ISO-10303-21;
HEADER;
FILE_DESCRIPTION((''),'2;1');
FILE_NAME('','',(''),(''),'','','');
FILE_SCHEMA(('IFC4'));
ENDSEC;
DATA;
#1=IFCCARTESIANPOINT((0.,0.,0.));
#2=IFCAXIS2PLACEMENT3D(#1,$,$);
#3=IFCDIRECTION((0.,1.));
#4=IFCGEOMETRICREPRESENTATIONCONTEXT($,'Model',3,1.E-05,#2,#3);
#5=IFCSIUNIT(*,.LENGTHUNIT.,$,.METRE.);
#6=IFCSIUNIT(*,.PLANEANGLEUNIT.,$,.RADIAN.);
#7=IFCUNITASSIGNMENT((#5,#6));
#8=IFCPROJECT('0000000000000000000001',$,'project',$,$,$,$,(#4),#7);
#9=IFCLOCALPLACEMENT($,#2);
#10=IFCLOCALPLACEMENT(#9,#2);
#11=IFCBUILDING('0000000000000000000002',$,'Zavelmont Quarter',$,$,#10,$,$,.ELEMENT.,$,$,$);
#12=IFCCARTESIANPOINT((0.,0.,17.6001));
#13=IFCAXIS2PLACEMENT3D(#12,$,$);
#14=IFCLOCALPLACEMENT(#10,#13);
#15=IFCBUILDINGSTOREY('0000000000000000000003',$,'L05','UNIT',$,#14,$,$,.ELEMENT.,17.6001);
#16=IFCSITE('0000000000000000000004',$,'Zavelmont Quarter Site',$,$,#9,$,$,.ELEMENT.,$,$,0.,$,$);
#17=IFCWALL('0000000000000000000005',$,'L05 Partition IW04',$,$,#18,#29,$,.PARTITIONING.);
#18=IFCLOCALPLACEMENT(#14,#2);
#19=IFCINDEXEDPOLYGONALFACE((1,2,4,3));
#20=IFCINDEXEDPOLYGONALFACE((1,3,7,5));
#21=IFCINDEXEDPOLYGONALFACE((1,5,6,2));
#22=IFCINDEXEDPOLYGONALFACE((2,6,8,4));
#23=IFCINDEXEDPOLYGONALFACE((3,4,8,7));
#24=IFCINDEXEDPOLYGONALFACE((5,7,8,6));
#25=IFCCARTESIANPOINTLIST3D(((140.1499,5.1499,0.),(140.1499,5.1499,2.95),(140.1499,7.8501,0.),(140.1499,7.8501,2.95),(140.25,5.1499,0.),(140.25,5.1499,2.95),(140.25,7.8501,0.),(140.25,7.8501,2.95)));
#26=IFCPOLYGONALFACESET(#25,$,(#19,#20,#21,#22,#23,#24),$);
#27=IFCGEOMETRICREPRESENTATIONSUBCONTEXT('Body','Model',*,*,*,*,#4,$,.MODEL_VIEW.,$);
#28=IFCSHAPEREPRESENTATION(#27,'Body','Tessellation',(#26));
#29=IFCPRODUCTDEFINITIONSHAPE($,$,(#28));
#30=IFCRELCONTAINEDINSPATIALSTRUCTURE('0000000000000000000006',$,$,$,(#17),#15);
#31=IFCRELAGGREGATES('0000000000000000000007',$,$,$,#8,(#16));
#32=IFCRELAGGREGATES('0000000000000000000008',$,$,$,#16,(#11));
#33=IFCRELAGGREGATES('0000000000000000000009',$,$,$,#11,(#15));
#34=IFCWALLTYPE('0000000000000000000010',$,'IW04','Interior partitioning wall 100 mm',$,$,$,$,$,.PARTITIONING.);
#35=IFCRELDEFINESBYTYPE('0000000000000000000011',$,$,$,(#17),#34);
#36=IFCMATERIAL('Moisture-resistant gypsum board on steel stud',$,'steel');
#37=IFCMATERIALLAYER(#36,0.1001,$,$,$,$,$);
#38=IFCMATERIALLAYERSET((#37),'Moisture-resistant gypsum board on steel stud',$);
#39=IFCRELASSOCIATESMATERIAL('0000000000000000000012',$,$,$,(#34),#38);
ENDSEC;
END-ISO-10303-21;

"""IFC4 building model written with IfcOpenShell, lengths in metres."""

from ifc_helpers import new_model, si_unit, direction, frame, frame_2d, origin, place, context, subcontext, project, spatial, rectangle, extrude, material, layer, layer_set, type_object, element, save


model = new_model("IFC4")

# Units and contexts
model_context = context("Model", 3, precision=1e-05, world=origin(), true_north=direction((0.0, 1.0)))
body_context = subcontext(model_context, "Body", "Model", "MODEL_VIEW")
ifc_project = project(units=[si_unit("LENGTHUNIT", "METRE"), si_unit("PLANEANGLEUNIT", "RADIAN")], contexts=[model_context])

# Site, building, storey
site_placement = place(None, origin())
site = spatial("IfcSite", under=ifc_project, at=site_placement, Name="Zavelmont Quarter Site", CompositionType="ELEMENT", RefElevation=0.0)
building_placement = place(site_placement, origin())
building = spatial("IfcBuilding", under=site, at=building_placement, Name="Zavelmont Quarter", CompositionType="ELEMENT")
storey_placement = place(building_placement, frame((0.0, 0.0, 17.6001)))
storey = spatial("IfcBuildingStorey", under=building, at=storey_placement, Name="L05", Description="UNIT", CompositionType="ELEMENT", Elevation=17.6001)

# Wall
ifc_material_1 = material(Name="Moisture-resistant gypsum board on steel stud", Category="steel")
ifc_layer_1 = layer(ifc_material_1, 0.1001)
ifc_layer_set_1 = layer_set([ifc_layer_1], Name="Moisture-resistant gypsum board on steel stud")
wall_type_1 = type_object("IfcWallType", Name="IW04", Description="Interior partitioning wall 100 mm", PredefinedType="PARTITIONING", material=ifc_layer_set_1)
wall_1_placement = place(storey_placement, frame((140.2, 7.8501, 0.0), z_axis=(0.0, 0.0, 1.0), x_axis=(0.0, -1.0, 0.0)))
element("IfcWall", 1, at=wall_1_placement, inside=storey, type_object=wall_type_1, Name="L05 Partition IW04", PredefinedType="PARTITIONING", context=body_context, shape_type="SweptSolid", body=[
    extrude(rectangle(XDim=2.7002, YDim=0.1001, at=frame_2d((1.3501, 0.0))), origin(), (0.0, 0.0, 1.0), 2.95),
])

save(model, "model.ifc")
